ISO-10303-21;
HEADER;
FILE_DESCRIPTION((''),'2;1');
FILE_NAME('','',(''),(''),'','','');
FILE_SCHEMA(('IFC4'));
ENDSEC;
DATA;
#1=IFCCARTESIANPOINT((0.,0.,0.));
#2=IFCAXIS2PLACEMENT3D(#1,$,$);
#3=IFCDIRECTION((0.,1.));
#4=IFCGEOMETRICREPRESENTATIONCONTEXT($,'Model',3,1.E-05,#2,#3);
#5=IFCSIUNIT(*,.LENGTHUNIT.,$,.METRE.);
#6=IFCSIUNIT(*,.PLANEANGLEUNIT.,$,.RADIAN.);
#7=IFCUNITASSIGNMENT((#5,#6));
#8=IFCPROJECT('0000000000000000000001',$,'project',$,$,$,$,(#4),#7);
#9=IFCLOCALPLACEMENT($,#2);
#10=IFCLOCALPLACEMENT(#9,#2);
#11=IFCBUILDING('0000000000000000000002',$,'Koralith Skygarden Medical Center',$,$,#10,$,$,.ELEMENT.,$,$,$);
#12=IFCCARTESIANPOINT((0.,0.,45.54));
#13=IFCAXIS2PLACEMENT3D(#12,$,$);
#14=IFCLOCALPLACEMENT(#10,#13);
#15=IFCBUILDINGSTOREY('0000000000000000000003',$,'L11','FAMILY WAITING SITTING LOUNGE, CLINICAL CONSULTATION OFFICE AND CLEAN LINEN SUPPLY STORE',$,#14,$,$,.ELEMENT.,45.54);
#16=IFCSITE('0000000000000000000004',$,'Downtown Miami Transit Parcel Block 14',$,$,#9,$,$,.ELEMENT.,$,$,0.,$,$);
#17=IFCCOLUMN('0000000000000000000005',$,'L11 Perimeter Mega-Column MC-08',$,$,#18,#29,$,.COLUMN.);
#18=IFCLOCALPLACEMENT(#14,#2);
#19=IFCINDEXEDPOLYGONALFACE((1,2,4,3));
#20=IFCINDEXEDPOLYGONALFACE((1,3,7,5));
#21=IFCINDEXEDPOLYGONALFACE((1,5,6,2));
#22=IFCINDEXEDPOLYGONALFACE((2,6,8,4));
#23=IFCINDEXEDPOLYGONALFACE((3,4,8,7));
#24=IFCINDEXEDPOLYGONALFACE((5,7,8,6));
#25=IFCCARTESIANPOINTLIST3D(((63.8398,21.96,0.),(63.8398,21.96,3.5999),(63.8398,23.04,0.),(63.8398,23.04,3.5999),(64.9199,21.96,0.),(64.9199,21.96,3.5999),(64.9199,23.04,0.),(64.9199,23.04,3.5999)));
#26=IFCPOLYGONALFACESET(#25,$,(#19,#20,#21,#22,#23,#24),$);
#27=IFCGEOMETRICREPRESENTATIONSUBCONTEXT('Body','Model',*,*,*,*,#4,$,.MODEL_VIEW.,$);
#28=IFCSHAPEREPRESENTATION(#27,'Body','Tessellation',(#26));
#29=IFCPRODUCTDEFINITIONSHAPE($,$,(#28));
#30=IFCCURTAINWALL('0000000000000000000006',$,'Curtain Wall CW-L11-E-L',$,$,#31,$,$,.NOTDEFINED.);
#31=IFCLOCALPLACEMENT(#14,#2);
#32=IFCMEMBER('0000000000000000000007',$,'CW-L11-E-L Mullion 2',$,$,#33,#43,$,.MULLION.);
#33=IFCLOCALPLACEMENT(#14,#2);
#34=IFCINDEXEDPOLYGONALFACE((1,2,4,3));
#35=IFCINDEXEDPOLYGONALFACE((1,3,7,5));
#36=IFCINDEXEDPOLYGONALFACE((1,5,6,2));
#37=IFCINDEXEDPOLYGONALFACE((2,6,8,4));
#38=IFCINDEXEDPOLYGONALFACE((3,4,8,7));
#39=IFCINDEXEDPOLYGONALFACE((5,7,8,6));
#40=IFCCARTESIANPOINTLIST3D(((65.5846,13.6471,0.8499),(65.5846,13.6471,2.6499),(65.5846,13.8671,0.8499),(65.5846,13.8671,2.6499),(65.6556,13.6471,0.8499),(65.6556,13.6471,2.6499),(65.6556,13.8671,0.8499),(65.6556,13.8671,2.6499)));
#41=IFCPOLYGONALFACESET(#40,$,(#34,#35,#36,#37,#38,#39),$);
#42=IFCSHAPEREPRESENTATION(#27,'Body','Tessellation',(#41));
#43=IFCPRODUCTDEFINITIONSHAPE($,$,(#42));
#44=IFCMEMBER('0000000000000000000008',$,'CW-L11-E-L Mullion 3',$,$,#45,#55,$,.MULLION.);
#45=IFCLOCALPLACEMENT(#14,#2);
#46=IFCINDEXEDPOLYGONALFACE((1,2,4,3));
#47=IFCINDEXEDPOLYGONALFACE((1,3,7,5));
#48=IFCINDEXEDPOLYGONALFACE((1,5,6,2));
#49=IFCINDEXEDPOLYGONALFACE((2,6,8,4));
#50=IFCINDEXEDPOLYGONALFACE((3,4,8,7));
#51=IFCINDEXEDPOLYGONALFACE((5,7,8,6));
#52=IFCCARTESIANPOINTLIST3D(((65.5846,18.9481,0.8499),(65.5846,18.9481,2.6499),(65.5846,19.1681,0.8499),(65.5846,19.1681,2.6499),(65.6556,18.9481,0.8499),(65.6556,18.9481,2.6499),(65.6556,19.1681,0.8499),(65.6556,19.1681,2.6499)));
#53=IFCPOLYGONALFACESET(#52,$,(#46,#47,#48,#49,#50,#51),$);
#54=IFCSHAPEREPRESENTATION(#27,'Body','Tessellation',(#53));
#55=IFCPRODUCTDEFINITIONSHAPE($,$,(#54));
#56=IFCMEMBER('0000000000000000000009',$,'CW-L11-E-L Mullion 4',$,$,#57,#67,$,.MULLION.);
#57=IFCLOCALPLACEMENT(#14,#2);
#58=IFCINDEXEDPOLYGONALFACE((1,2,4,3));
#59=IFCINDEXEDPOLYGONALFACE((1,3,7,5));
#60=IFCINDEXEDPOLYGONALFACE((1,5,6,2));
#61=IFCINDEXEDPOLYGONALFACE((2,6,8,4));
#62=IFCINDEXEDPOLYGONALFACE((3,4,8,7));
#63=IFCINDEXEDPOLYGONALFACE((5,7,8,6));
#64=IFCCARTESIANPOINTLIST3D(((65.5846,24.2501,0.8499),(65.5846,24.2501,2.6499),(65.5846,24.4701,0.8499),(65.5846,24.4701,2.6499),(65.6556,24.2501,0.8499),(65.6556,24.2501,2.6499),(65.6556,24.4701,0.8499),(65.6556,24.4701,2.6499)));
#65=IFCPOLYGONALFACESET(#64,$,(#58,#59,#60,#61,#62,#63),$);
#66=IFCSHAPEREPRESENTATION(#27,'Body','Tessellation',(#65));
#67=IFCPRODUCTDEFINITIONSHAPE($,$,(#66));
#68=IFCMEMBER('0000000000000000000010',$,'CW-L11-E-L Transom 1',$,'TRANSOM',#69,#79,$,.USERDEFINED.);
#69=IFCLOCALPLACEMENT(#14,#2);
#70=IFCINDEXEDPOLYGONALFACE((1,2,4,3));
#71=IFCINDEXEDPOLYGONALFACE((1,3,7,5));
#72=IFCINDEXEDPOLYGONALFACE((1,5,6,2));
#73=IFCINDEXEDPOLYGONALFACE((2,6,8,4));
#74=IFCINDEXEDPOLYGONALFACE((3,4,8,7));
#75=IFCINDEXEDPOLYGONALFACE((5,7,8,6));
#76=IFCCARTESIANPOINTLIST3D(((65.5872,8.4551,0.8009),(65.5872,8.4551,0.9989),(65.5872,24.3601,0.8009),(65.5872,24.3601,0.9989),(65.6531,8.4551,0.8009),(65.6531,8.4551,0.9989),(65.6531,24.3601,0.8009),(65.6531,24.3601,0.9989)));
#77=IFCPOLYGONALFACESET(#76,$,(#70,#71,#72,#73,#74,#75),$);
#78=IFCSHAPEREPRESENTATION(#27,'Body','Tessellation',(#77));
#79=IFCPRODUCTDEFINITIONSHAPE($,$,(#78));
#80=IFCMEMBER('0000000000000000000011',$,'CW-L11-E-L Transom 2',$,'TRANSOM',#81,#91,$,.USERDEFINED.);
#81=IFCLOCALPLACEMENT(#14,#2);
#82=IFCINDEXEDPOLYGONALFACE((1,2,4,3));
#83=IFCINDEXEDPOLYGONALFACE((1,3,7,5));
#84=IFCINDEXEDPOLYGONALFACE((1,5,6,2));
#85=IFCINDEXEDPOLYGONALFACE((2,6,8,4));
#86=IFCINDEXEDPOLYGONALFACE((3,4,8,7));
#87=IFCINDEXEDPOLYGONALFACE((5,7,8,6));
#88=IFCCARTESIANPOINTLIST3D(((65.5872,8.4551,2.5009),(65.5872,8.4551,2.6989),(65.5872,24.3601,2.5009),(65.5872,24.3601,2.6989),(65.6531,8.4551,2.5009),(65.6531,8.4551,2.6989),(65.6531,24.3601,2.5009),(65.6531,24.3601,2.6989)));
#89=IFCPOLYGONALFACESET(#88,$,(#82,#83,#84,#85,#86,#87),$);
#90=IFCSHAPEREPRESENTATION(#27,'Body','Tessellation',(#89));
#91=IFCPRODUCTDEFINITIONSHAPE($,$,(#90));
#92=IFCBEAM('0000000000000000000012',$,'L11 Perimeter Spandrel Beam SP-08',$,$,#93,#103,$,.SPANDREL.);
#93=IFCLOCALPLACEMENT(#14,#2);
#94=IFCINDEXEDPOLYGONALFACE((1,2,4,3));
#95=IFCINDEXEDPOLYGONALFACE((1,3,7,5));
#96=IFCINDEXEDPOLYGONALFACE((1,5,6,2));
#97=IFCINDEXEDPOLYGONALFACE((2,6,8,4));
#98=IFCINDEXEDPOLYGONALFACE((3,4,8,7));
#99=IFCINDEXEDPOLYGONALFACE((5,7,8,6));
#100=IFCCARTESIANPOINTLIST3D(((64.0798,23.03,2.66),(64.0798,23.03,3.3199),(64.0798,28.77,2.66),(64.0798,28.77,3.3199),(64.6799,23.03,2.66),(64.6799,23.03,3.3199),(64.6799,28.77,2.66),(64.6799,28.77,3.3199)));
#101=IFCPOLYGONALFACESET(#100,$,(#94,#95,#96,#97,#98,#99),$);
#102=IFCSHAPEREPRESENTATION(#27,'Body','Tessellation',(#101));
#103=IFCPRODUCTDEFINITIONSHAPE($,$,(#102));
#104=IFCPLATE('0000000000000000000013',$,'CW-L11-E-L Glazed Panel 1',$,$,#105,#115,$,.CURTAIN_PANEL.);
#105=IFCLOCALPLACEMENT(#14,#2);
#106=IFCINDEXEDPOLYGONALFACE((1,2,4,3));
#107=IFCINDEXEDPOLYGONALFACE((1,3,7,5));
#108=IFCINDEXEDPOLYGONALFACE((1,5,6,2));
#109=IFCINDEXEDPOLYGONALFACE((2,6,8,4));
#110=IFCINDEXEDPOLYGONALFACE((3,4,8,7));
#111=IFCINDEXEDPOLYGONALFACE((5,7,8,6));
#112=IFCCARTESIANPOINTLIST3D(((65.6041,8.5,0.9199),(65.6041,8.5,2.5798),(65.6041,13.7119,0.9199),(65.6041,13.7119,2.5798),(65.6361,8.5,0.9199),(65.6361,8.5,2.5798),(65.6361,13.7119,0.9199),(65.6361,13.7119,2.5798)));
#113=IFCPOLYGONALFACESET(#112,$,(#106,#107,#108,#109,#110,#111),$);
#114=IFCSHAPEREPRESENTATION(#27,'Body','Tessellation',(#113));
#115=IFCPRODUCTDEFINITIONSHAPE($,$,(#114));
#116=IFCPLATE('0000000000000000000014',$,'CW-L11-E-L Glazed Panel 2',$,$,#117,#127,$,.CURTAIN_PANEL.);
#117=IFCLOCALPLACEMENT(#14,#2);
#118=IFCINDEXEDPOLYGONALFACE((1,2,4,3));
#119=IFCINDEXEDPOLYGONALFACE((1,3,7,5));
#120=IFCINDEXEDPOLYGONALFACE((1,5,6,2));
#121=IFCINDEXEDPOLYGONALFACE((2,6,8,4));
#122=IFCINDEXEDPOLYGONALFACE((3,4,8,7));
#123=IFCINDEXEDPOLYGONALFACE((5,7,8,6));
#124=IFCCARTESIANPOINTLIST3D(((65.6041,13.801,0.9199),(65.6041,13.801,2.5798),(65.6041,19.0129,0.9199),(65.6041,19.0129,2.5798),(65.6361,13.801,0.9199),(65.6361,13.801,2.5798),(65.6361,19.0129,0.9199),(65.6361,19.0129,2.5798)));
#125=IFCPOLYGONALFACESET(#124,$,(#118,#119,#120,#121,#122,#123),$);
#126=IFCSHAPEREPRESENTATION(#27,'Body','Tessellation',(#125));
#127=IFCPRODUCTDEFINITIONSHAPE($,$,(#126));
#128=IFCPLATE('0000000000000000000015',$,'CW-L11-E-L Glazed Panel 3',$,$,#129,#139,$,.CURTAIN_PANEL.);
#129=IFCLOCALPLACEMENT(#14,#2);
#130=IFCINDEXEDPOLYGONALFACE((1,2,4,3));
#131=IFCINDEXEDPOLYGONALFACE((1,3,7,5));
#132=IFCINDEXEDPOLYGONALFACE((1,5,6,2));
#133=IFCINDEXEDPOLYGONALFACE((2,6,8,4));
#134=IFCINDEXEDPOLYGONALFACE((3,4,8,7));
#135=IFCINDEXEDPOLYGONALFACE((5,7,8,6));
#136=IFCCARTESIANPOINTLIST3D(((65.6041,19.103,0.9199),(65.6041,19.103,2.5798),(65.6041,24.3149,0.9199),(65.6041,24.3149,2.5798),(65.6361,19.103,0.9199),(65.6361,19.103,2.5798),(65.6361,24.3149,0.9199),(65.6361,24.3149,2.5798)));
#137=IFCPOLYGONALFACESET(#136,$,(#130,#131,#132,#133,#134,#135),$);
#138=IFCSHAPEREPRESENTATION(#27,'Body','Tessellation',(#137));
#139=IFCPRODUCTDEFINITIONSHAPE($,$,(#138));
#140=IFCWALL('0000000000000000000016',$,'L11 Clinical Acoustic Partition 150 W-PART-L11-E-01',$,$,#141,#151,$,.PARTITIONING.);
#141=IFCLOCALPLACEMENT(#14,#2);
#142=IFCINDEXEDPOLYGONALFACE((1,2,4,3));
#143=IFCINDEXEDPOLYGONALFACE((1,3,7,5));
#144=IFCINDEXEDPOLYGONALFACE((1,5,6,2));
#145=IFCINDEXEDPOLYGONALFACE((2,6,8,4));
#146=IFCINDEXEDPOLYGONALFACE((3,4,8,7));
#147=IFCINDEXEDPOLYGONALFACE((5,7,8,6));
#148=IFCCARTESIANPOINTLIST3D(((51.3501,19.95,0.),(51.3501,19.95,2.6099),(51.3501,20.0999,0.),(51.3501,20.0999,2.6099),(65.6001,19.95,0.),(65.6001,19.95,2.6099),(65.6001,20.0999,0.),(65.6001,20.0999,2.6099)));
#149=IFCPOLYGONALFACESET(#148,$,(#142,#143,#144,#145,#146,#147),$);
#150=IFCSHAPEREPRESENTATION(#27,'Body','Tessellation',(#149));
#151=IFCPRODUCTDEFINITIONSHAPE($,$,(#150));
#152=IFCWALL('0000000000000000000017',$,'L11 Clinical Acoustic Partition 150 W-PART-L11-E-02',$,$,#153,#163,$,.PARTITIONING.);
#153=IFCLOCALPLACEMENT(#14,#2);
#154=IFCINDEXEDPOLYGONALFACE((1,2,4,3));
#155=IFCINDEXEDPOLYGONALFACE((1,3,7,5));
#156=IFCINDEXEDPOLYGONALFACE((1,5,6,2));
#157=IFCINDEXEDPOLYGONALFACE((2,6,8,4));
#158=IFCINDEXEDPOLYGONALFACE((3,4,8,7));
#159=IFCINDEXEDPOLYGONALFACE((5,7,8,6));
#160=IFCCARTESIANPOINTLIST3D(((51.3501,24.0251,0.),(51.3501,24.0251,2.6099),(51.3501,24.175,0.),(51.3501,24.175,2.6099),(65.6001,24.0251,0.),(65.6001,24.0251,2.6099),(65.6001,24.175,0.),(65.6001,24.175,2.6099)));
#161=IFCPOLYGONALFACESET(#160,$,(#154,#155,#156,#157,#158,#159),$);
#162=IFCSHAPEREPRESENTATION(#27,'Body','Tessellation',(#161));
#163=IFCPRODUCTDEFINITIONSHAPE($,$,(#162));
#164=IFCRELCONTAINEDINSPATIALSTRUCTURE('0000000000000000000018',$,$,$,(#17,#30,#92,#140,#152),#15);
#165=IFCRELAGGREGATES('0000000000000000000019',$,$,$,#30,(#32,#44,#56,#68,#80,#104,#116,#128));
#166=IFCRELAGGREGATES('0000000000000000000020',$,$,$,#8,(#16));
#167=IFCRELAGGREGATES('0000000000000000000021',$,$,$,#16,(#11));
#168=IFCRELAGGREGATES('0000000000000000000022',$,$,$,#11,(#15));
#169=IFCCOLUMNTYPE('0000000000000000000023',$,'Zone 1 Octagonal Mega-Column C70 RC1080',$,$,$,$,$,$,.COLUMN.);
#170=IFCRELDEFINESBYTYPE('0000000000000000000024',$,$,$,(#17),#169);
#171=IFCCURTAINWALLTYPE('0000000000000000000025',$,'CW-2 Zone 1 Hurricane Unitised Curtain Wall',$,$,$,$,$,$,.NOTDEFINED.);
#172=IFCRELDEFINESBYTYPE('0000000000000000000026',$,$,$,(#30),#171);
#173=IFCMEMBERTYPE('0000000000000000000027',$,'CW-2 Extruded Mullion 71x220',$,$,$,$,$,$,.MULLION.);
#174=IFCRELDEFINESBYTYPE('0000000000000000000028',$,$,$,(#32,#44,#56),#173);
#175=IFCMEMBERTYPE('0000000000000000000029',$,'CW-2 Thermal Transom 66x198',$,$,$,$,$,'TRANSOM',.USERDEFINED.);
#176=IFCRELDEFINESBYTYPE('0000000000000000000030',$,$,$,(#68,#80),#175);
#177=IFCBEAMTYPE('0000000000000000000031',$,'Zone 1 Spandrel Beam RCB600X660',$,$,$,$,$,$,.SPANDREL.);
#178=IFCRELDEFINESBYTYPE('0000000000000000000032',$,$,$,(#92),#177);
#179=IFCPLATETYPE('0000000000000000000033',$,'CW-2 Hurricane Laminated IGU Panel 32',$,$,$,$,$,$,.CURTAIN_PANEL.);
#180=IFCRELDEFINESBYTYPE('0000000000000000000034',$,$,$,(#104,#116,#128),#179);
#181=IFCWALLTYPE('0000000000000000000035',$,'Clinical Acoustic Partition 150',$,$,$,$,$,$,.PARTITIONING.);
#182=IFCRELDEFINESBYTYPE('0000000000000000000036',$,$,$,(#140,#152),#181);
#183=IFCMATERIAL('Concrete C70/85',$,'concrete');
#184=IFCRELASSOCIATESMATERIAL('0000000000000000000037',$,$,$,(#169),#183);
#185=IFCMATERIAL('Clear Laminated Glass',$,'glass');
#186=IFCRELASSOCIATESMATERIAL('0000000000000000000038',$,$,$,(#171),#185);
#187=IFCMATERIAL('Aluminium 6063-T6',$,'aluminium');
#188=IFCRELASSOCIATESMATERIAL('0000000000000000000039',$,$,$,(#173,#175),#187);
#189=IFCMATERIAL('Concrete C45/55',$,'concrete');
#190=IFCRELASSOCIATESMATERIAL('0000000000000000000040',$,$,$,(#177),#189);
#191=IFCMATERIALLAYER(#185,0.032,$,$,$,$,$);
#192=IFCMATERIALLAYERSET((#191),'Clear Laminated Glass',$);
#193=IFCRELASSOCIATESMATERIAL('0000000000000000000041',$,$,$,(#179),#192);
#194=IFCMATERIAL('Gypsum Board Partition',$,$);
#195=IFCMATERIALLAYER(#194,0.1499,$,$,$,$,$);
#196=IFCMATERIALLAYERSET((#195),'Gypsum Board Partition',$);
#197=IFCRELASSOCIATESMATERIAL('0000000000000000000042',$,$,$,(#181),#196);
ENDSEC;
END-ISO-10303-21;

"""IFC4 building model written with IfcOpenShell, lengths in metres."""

from ifc_helpers import new_model, si_unit, direction, frame, frame_2d, origin, origin_2d, place, context, subcontext, project, spatial, rectangle, extrude, material, layer, layer_set, material_profile, profile_set, type_object, element, aggregate, save


model = new_model("IFC4")

# Units and contexts
model_context = context("Model", 3, precision=1e-05, world=origin(), true_north=direction((0.0, 1.0)))
body_context = subcontext(model_context, "Body", "Model", "MODEL_VIEW")
ifc_project = project(units=[si_unit("LENGTHUNIT", "METRE"), si_unit("PLANEANGLEUNIT", "RADIAN")], contexts=[model_context])

# Site, building, storey
site_placement = place(None, origin())
site = spatial("IfcSite", under=ifc_project, at=site_placement, Name="Downtown Miami Transit Parcel Block 14", CompositionType="ELEMENT", RefElevation=0.0)
building_placement = place(site_placement, origin())
building = spatial("IfcBuilding", under=site, at=building_placement, Name="Koralith Skygarden Medical Center", CompositionType="ELEMENT")
storey_placement = place(building_placement, frame((0.0, 0.0, 45.54)))
storey = spatial("IfcBuildingStorey", under=building, at=storey_placement, Name="L11", Description="FAMILY WAITING SITTING LOUNGE, CLINICAL CONSULTATION OFFICE AND CLEAN LINEN SUPPLY STORE", CompositionType="ELEMENT", Elevation=45.54)

# Column
ifc_material_1 = material(Name="Concrete C70/85", Category="concrete")
ifc_material_profile_1 = material_profile(ifc_material_1, rectangle(XDim=1.0801, YDim=1.0801, at=origin_2d()), Name="RC1080X1080")
ifc_profile_set_1 = profile_set([ifc_material_profile_1], Name="Concrete C70/85")
column_type = type_object("IfcColumnType", Name="Zone 1 Octagonal Mega-Column C70 RC1080", PredefinedType="COLUMN", material=ifc_profile_set_1)
column_placement = place(storey_placement, frame((64.3799, 22.5, 0.0), z_axis=(0.0, 0.0, 1.0), x_axis=(1.0, 0.0, 0.0)))
element("IfcColumn", 1, at=column_placement, inside=storey, type_object=column_type, Name="L11 Perimeter Mega-Column MC-08", PredefinedType="COLUMN", context=body_context, shape_type="SweptSolid", body=[
    extrude(rectangle(XDim=1.0801, YDim=1.0801, at=origin_2d()), origin(), (0.0, 0.0, 1.0), 3.5999),
])

# Curtain wall, members
ifc_material_2 = material(Name="Clear Laminated Glass", Category="glass")
curtain_wall_type = type_object("IfcCurtainWallType", Name="CW-2 Zone 1 Hurricane Unitised Curtain Wall", PredefinedType="NOTDEFINED", material=ifc_material_2)
curtain_wall_placement = place(storey_placement, origin())
curtain_wall = element("IfcCurtainWall", 2, at=curtain_wall_placement, inside=storey, type_object=curtain_wall_type, Name="Curtain Wall CW-L11-E-L", PredefinedType="NOTDEFINED")
ifc_material_3 = material(Name="Aluminium 6063-T6", Category="aluminium")
ifc_material_profile_2 = material_profile(ifc_material_3, rectangle(XDim=0.071, YDim=0.22, at=origin_2d()), Name="MUL71X220")
ifc_profile_set_2 = profile_set([ifc_material_profile_2], Name="Aluminium 6063-T6")
member_type_1 = type_object("IfcMemberType", Name="CW-2 Extruded Mullion 71x220", PredefinedType="MULLION", material=ifc_profile_set_2)
member_1_placement = place(storey_placement, frame((65.6201, 13.7571, 0.8499), z_axis=(0.0, 0.0, 1.0), x_axis=(1.0, 0.0, 0.0)))
member_1 = element("IfcMember", 3, at=member_1_placement, type_object=member_type_1, Name="CW-L11-E-L Mullion 2", PredefinedType="MULLION", context=body_context, shape_type="SweptSolid", body=[
    extrude(rectangle(XDim=0.071, YDim=0.22, at=origin_2d()), origin(), (0.0, 0.0, 1.0), 1.8),
])
member_2_placement = place(storey_placement, frame((65.6201, 19.0581, 0.8499), z_axis=(0.0, 0.0, 1.0), x_axis=(1.0, 0.0, 0.0)))
member_2 = element("IfcMember", 4, at=member_2_placement, type_object=member_type_1, Name="CW-L11-E-L Mullion 3", PredefinedType="MULLION", context=body_context, shape_type="SweptSolid", body=[
    extrude(rectangle(XDim=0.071, YDim=0.22, at=origin_2d()), origin(), (0.0, 0.0, 1.0), 1.8),
])
member_3_placement = place(storey_placement, frame((65.6201, 24.3601, 0.8499), z_axis=(0.0, 0.0, 1.0), x_axis=(1.0, 0.0, 0.0)))
member_3 = element("IfcMember", 5, at=member_3_placement, type_object=member_type_1, Name="CW-L11-E-L Mullion 4", PredefinedType="MULLION", context=body_context, shape_type="SweptSolid", body=[
    extrude(rectangle(XDim=0.071, YDim=0.22, at=origin_2d()), origin(), (0.0, 0.0, 1.0), 1.8),
])
ifc_material_profile_3 = material_profile(ifc_material_3, rectangle(XDim=0.0659, YDim=0.198, at=origin_2d()), Name="TRN66X198")
ifc_profile_set_3 = profile_set([ifc_material_profile_3], Name="Aluminium 6063-T6")
member_type_2 = type_object("IfcMemberType", Name="CW-2 Thermal Transom 66x198", ElementType="TRANSOM", PredefinedType="USERDEFINED", material=ifc_profile_set_3)
member_4_placement = place(storey_placement, frame((65.6201, 8.4551, 0.8999), z_axis=(0.0, 1.0, 0.0), x_axis=(-1.0, 0.0, 0.0)))
member_4 = element("IfcMember", 6, at=member_4_placement, type_object=member_type_2, Name="CW-L11-E-L Transom 1", ObjectType="TRANSOM", PredefinedType="USERDEFINED", context=body_context, shape_type="SweptSolid", body=[
    extrude(rectangle(XDim=0.0659, YDim=0.198, at=origin_2d()), origin(), (0.0, 0.0, 1.0), 15.905),
])
member_5_placement = place(storey_placement, frame((65.6201, 8.4551, 2.5999), z_axis=(0.0, 1.0, 0.0), x_axis=(-1.0, 0.0, 0.0)))
member_5 = element("IfcMember", 7, at=member_5_placement, type_object=member_type_2, Name="CW-L11-E-L Transom 2", ObjectType="TRANSOM", PredefinedType="USERDEFINED", context=body_context, shape_type="SweptSolid", body=[
    extrude(rectangle(XDim=0.0659, YDim=0.198, at=origin_2d()), origin(), (0.0, 0.0, 1.0), 15.905),
])

# Beam
ifc_material_4 = material(Name="Concrete C45/55", Category="concrete")
ifc_material_profile_4 = material_profile(ifc_material_4, rectangle(XDim=0.6001, YDim=0.6599, at=origin_2d()), Name="RCB600X660")
ifc_profile_set_4 = profile_set([ifc_material_profile_4], Name="Concrete C45/55")
beam_type = type_object("IfcBeamType", Name="Zone 1 Spandrel Beam RCB600X660", PredefinedType="SPANDREL", material=ifc_profile_set_4)
beam_placement = place(storey_placement, frame((64.3799, 23.03, 2.99), z_axis=(0.0, 1.0, 0.0), x_axis=(-1.0, 0.0, 0.0)))
element("IfcBeam", 8, at=beam_placement, inside=storey, type_object=beam_type, Name="L11 Perimeter Spandrel Beam SP-08", PredefinedType="SPANDREL", context=body_context, shape_type="SweptSolid", body=[
    extrude(rectangle(XDim=0.6001, YDim=0.6599, at=origin_2d()), origin(), (0.0, 0.0, 1.0), 5.74),
])

# Plates
ifc_layer_1 = layer(ifc_material_2, 0.032)
ifc_layer_set_1 = layer_set([ifc_layer_1], Name="Clear Laminated Glass")
plate_type = type_object("IfcPlateType", Name="CW-2 Hurricane Laminated IGU Panel 32", PredefinedType="CURTAIN_PANEL", material=ifc_layer_set_1)
plate_1_placement = place(storey_placement, frame((65.6201, 11.106, 0.9199), z_axis=(0.0, 0.0, 1.0), x_axis=(0.0, 1.0, 0.0)))
plate_1 = element("IfcPlate", 9, at=plate_1_placement, type_object=plate_type, Name="CW-L11-E-L Glazed Panel 1", PredefinedType="CURTAIN_PANEL", context=body_context, shape_type="SweptSolid", body=[
    extrude(rectangle(XDim=5.2119, YDim=0.032, at=origin_2d()), origin(), (0.0, 0.0, 1.0), 1.6599),
])
plate_2_placement = place(storey_placement, frame((65.6201, 16.407, 0.9199), z_axis=(0.0, 0.0, 1.0), x_axis=(0.0, 1.0, 0.0)))
plate_2 = element("IfcPlate", 10, at=plate_2_placement, type_object=plate_type, Name="CW-L11-E-L Glazed Panel 2", PredefinedType="CURTAIN_PANEL", context=body_context, shape_type="SweptSolid", body=[
    extrude(rectangle(XDim=5.2119, YDim=0.032, at=origin_2d()), origin(), (0.0, 0.0, 1.0), 1.6599),
])
plate_3_placement = place(storey_placement, frame((65.6201, 21.709, 0.9199), z_axis=(0.0, 0.0, 1.0), x_axis=(0.0, 1.0, 0.0)))
plate_3 = element("IfcPlate", 11, at=plate_3_placement, type_object=plate_type, Name="CW-L11-E-L Glazed Panel 3", PredefinedType="CURTAIN_PANEL", context=body_context, shape_type="SweptSolid", body=[
    extrude(rectangle(XDim=5.2119, YDim=0.032, at=origin_2d()), origin(), (0.0, 0.0, 1.0), 1.6599),
])
aggregate(curtain_wall, [member_1, member_2, member_3, member_4, member_5, plate_1, plate_2, plate_3])

# Walls
ifc_material_5 = material(Name="Gypsum Board Partition")
ifc_layer_2 = layer(ifc_material_5, 0.1499)
ifc_layer_set_2 = layer_set([ifc_layer_2], Name="Gypsum Board Partition")
wall_type_1 = type_object("IfcWallType", Name="Clinical Acoustic Partition 150", PredefinedType="PARTITIONING", material=ifc_layer_set_2)
for number, where, z_axis, x_axis, name in (
    (12, (51.3501, 20.0249, 0.0), (0.0, 0.0, 1.0), (1.0, 0.0, 0.0), "L11 Clinical Acoustic Partition 150 W-PART-L11-E-01"),
    (13, (51.3501, 24.1001, 0.0), (0.0, 0.0, 1.0), (1.0, 0.0, 0.0), "L11 Clinical Acoustic Partition 150 W-PART-L11-E-02"),
):
    element("IfcWall", number, at=place(storey_placement, frame(where, z_axis=z_axis, x_axis=x_axis)), inside=storey, type_object=wall_type_1, Name=name, PredefinedType="PARTITIONING", context=body_context, shape_type="SweptSolid", body=[
        extrude(rectangle(XDim=14.25, YDim=0.1499, at=frame_2d((7.125, 0.0))), origin(), (0.0, 0.0, 1.0), 2.6099),
    ])

save(model, "model.ifc")
